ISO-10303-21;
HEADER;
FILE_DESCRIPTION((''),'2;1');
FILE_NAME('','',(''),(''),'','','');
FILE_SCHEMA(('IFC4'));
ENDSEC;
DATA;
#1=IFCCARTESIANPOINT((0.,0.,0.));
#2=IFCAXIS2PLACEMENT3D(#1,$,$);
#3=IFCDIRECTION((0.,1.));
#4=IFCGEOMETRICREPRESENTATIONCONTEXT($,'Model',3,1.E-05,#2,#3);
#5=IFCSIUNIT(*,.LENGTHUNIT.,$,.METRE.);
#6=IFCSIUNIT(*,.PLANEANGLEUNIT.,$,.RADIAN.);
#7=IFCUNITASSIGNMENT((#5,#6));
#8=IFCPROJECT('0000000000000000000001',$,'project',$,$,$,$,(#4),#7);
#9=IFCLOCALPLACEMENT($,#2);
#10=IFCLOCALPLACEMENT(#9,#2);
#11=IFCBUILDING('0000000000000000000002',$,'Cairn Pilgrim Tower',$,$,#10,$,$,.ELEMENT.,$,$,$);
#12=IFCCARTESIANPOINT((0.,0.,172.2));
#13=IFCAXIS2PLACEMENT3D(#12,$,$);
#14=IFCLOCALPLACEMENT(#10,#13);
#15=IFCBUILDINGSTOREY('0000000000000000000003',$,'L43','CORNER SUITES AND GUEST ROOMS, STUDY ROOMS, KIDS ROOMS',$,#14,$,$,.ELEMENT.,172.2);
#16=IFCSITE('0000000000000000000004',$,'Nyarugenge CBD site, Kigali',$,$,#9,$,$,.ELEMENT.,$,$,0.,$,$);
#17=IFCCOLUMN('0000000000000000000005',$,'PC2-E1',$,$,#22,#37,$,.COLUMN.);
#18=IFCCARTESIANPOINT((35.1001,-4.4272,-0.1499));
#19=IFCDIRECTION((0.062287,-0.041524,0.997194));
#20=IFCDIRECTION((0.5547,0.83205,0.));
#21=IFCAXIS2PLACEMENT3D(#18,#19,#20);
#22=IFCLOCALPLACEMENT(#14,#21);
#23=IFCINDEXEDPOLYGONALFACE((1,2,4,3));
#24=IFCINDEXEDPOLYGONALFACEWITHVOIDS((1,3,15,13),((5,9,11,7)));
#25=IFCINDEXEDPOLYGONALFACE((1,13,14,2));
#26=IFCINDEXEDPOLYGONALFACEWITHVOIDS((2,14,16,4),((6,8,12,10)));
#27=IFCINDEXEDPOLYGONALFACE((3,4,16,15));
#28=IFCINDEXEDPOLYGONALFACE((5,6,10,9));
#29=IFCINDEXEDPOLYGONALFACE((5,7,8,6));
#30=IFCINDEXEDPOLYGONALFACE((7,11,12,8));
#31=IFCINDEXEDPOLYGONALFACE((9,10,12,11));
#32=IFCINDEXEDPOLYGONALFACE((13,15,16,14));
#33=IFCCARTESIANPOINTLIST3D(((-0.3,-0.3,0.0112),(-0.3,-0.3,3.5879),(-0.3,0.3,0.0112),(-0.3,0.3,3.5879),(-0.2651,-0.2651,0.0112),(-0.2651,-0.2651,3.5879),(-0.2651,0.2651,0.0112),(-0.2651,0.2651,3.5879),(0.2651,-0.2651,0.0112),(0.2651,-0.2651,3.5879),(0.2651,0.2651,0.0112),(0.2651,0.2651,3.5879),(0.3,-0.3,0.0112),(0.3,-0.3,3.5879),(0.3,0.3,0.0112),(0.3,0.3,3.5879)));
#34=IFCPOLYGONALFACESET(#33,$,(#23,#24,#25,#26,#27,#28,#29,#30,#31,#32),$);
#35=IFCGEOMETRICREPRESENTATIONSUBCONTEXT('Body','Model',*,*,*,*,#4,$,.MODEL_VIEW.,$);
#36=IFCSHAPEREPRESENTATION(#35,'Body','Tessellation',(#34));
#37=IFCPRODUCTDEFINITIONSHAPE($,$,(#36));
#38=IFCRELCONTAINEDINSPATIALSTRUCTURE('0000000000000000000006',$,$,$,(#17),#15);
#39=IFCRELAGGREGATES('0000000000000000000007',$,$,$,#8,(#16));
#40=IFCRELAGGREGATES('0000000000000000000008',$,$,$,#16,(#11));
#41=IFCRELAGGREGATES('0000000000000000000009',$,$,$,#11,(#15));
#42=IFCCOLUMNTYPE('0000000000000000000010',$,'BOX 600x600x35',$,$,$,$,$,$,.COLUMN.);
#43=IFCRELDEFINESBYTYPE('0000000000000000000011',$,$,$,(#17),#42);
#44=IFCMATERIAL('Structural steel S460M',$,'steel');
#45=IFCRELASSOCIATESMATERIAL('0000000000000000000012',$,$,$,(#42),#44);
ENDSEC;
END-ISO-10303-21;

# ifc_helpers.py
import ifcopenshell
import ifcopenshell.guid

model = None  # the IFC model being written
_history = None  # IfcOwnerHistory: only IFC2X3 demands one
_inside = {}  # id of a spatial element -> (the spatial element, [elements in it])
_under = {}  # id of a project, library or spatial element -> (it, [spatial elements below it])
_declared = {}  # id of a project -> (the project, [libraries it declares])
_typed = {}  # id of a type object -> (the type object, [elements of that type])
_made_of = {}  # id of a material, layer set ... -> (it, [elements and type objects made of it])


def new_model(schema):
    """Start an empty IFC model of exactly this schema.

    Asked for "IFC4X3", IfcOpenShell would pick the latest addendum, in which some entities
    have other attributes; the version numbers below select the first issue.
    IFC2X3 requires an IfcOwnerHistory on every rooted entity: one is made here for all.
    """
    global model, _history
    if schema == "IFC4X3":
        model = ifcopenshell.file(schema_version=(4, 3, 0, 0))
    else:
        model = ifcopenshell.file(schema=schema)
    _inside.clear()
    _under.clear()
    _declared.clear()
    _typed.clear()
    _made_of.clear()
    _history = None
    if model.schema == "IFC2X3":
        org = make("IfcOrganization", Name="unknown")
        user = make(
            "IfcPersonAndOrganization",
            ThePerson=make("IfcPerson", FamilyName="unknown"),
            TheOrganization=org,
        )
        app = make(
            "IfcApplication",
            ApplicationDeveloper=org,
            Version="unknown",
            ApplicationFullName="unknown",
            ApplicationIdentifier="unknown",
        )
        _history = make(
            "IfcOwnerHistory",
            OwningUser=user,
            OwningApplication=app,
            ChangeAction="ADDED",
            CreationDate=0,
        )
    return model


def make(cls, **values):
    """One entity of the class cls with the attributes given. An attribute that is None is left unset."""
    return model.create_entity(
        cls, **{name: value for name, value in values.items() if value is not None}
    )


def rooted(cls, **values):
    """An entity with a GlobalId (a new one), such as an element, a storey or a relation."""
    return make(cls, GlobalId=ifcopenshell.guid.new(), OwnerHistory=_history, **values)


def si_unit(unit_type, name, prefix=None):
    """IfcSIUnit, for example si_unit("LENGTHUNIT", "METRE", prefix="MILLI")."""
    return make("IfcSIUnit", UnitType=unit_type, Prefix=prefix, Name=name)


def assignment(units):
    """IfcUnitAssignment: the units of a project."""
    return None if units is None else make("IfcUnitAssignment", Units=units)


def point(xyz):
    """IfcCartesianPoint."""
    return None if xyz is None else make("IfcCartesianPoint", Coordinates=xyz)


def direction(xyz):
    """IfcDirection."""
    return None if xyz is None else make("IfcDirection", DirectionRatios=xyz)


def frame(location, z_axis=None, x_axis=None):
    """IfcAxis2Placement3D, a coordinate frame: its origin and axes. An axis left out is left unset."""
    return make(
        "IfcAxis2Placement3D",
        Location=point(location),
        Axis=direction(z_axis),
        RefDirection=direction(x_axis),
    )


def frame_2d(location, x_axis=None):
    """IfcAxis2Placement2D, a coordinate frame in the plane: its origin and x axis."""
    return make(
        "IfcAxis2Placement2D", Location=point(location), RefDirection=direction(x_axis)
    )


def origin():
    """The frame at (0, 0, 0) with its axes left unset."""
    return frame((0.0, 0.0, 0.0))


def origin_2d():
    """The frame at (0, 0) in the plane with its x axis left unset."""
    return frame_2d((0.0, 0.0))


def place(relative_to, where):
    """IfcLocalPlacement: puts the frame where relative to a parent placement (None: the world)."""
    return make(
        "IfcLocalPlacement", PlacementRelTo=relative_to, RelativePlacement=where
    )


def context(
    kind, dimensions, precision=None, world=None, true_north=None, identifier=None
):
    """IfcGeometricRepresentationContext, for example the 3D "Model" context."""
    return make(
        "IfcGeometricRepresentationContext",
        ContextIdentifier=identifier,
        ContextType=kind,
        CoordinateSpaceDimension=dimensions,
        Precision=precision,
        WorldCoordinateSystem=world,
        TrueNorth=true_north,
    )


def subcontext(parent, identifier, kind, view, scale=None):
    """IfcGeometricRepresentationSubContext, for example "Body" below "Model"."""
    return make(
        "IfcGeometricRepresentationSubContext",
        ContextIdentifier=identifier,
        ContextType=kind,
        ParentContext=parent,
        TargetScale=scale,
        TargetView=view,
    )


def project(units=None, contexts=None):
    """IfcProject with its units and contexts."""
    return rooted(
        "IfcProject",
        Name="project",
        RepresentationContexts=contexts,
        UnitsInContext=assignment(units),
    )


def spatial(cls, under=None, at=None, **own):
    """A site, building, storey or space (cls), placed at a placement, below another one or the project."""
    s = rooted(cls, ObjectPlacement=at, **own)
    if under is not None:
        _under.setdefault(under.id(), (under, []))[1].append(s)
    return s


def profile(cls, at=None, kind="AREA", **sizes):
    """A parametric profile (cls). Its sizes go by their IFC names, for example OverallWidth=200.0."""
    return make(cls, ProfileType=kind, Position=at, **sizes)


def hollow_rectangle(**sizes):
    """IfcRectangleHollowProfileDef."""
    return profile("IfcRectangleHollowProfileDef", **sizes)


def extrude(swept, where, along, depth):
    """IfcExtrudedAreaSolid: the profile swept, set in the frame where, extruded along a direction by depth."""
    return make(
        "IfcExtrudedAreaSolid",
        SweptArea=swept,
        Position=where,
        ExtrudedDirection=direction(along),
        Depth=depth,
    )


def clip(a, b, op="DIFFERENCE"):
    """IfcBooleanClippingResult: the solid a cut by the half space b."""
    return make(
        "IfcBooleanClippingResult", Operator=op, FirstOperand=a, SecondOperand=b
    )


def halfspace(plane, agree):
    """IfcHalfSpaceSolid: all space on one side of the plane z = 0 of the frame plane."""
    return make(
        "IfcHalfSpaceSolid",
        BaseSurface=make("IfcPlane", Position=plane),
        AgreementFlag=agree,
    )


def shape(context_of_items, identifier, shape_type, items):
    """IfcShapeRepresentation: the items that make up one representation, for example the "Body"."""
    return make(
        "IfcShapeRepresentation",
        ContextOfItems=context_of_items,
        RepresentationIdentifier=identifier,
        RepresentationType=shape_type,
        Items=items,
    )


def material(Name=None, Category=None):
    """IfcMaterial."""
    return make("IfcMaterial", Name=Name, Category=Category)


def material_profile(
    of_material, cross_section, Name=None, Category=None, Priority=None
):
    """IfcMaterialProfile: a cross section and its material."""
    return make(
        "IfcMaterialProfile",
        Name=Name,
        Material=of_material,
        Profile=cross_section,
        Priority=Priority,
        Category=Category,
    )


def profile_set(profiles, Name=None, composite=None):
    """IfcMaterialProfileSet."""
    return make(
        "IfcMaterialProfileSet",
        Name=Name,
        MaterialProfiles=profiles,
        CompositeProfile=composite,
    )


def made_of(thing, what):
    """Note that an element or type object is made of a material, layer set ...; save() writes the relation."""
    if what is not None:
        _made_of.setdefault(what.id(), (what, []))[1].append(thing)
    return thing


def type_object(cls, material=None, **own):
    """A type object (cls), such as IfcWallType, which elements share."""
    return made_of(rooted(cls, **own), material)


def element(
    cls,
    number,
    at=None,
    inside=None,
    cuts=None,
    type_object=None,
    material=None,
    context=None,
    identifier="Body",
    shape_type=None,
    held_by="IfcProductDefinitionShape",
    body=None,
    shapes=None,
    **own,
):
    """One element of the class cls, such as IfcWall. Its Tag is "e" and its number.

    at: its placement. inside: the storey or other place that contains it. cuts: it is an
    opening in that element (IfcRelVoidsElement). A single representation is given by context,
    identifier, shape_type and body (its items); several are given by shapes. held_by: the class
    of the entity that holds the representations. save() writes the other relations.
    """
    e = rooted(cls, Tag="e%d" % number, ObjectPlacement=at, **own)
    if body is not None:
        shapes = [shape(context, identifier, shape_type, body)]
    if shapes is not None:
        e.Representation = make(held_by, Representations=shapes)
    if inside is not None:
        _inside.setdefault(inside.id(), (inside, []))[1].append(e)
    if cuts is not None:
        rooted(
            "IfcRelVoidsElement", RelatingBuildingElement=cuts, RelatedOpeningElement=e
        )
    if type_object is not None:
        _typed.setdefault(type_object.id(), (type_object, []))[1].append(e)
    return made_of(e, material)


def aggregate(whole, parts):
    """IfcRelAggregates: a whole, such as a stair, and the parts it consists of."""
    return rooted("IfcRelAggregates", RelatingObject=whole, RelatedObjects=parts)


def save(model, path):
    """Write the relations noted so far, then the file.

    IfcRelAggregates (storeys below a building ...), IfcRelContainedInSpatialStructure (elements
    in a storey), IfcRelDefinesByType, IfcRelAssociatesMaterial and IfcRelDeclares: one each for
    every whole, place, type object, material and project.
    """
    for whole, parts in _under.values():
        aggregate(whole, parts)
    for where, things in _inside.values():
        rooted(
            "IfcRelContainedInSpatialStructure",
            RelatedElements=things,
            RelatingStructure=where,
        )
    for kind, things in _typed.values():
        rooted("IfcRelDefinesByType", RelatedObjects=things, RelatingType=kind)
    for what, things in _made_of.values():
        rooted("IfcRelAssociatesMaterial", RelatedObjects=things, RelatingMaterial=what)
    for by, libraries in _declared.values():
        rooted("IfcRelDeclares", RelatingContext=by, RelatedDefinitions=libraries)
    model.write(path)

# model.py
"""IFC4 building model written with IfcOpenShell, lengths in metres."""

from ifc_helpers import new_model, si_unit, direction, frame, origin, origin_2d, place, context, subcontext, project, spatial, hollow_rectangle, extrude, clip, halfspace, material, material_profile, profile_set, type_object, element, save


model = new_model("IFC4")

# Units and contexts
model_context = context("Model", 3, precision=1e-05, world=origin(), true_north=direction((0.0, 1.0)))
body_context = subcontext(model_context, "Body", "Model", "MODEL_VIEW")
ifc_project = project(units=[si_unit("LENGTHUNIT", "METRE"), si_unit("PLANEANGLEUNIT", "RADIAN")], contexts=[model_context])

# Site, building, storey
site_placement = place(None, origin())
site = spatial("IfcSite", under=ifc_project, at=site_placement, Name="Nyarugenge CBD site, Kigali", CompositionType="ELEMENT", RefElevation=0.0)
building_placement = place(site_placement, origin())
building = spatial("IfcBuilding", under=site, at=building_placement, Name="Cairn Pilgrim Tower", CompositionType="ELEMENT")
storey_placement = place(building_placement, frame((0.0, 0.0, 172.2)))
storey = spatial("IfcBuildingStorey", under=building, at=storey_placement, Name="L43", Description="CORNER SUITES AND GUEST ROOMS, STUDY ROOMS, KIDS ROOMS", CompositionType="ELEMENT", Elevation=172.2)

# Column
ifc_material_1 = material(Name="Structural steel S460M", Category="steel")
ifc_material_profile_1 = material_profile(ifc_material_1, hollow_rectangle(XDim=0.6001, YDim=0.6001, WallThickness=0.0349, at=origin_2d()), Name="BOX 600x600x35")
ifc_profile_set_1 = profile_set([ifc_material_profile_1], Name="Structural steel S460M")
column_type = type_object("IfcColumnType", Name="BOX 600x600x35", PredefinedType="COLUMN", material=ifc_profile_set_1)
column_placement = place(storey_placement, frame((35.1001, -4.4272, -0.1499), z_axis=(0.062287, -0.041524, 0.997194), x_axis=(0.5547, 0.83205, 0.0)))
element("IfcColumn", 1, at=column_placement, inside=storey, type_object=column_type, Name="PC2-E1", PredefinedType="COLUMN", context=body_context, shape_type="Clipping", body=[
    clip(clip(extrude(hollow_rectangle(XDim=0.6001, YDim=0.6001, WallThickness=0.0349, at=origin_2d()), origin(), (0.0, 0.0, 1.0), 3.6099), halfspace(frame((0.0, 0.0, 0.0112), z_axis=(0.0, 0.0, 1.0), x_axis=(1.0, 0.0, 0.0)), True)), halfspace(frame((0.0, 0.0, 3.5879), z_axis=(0.0, 0.0, 1.0), x_axis=(1.0, 0.0, 0.0)), False)),
])

save(model, "model.ifc")
